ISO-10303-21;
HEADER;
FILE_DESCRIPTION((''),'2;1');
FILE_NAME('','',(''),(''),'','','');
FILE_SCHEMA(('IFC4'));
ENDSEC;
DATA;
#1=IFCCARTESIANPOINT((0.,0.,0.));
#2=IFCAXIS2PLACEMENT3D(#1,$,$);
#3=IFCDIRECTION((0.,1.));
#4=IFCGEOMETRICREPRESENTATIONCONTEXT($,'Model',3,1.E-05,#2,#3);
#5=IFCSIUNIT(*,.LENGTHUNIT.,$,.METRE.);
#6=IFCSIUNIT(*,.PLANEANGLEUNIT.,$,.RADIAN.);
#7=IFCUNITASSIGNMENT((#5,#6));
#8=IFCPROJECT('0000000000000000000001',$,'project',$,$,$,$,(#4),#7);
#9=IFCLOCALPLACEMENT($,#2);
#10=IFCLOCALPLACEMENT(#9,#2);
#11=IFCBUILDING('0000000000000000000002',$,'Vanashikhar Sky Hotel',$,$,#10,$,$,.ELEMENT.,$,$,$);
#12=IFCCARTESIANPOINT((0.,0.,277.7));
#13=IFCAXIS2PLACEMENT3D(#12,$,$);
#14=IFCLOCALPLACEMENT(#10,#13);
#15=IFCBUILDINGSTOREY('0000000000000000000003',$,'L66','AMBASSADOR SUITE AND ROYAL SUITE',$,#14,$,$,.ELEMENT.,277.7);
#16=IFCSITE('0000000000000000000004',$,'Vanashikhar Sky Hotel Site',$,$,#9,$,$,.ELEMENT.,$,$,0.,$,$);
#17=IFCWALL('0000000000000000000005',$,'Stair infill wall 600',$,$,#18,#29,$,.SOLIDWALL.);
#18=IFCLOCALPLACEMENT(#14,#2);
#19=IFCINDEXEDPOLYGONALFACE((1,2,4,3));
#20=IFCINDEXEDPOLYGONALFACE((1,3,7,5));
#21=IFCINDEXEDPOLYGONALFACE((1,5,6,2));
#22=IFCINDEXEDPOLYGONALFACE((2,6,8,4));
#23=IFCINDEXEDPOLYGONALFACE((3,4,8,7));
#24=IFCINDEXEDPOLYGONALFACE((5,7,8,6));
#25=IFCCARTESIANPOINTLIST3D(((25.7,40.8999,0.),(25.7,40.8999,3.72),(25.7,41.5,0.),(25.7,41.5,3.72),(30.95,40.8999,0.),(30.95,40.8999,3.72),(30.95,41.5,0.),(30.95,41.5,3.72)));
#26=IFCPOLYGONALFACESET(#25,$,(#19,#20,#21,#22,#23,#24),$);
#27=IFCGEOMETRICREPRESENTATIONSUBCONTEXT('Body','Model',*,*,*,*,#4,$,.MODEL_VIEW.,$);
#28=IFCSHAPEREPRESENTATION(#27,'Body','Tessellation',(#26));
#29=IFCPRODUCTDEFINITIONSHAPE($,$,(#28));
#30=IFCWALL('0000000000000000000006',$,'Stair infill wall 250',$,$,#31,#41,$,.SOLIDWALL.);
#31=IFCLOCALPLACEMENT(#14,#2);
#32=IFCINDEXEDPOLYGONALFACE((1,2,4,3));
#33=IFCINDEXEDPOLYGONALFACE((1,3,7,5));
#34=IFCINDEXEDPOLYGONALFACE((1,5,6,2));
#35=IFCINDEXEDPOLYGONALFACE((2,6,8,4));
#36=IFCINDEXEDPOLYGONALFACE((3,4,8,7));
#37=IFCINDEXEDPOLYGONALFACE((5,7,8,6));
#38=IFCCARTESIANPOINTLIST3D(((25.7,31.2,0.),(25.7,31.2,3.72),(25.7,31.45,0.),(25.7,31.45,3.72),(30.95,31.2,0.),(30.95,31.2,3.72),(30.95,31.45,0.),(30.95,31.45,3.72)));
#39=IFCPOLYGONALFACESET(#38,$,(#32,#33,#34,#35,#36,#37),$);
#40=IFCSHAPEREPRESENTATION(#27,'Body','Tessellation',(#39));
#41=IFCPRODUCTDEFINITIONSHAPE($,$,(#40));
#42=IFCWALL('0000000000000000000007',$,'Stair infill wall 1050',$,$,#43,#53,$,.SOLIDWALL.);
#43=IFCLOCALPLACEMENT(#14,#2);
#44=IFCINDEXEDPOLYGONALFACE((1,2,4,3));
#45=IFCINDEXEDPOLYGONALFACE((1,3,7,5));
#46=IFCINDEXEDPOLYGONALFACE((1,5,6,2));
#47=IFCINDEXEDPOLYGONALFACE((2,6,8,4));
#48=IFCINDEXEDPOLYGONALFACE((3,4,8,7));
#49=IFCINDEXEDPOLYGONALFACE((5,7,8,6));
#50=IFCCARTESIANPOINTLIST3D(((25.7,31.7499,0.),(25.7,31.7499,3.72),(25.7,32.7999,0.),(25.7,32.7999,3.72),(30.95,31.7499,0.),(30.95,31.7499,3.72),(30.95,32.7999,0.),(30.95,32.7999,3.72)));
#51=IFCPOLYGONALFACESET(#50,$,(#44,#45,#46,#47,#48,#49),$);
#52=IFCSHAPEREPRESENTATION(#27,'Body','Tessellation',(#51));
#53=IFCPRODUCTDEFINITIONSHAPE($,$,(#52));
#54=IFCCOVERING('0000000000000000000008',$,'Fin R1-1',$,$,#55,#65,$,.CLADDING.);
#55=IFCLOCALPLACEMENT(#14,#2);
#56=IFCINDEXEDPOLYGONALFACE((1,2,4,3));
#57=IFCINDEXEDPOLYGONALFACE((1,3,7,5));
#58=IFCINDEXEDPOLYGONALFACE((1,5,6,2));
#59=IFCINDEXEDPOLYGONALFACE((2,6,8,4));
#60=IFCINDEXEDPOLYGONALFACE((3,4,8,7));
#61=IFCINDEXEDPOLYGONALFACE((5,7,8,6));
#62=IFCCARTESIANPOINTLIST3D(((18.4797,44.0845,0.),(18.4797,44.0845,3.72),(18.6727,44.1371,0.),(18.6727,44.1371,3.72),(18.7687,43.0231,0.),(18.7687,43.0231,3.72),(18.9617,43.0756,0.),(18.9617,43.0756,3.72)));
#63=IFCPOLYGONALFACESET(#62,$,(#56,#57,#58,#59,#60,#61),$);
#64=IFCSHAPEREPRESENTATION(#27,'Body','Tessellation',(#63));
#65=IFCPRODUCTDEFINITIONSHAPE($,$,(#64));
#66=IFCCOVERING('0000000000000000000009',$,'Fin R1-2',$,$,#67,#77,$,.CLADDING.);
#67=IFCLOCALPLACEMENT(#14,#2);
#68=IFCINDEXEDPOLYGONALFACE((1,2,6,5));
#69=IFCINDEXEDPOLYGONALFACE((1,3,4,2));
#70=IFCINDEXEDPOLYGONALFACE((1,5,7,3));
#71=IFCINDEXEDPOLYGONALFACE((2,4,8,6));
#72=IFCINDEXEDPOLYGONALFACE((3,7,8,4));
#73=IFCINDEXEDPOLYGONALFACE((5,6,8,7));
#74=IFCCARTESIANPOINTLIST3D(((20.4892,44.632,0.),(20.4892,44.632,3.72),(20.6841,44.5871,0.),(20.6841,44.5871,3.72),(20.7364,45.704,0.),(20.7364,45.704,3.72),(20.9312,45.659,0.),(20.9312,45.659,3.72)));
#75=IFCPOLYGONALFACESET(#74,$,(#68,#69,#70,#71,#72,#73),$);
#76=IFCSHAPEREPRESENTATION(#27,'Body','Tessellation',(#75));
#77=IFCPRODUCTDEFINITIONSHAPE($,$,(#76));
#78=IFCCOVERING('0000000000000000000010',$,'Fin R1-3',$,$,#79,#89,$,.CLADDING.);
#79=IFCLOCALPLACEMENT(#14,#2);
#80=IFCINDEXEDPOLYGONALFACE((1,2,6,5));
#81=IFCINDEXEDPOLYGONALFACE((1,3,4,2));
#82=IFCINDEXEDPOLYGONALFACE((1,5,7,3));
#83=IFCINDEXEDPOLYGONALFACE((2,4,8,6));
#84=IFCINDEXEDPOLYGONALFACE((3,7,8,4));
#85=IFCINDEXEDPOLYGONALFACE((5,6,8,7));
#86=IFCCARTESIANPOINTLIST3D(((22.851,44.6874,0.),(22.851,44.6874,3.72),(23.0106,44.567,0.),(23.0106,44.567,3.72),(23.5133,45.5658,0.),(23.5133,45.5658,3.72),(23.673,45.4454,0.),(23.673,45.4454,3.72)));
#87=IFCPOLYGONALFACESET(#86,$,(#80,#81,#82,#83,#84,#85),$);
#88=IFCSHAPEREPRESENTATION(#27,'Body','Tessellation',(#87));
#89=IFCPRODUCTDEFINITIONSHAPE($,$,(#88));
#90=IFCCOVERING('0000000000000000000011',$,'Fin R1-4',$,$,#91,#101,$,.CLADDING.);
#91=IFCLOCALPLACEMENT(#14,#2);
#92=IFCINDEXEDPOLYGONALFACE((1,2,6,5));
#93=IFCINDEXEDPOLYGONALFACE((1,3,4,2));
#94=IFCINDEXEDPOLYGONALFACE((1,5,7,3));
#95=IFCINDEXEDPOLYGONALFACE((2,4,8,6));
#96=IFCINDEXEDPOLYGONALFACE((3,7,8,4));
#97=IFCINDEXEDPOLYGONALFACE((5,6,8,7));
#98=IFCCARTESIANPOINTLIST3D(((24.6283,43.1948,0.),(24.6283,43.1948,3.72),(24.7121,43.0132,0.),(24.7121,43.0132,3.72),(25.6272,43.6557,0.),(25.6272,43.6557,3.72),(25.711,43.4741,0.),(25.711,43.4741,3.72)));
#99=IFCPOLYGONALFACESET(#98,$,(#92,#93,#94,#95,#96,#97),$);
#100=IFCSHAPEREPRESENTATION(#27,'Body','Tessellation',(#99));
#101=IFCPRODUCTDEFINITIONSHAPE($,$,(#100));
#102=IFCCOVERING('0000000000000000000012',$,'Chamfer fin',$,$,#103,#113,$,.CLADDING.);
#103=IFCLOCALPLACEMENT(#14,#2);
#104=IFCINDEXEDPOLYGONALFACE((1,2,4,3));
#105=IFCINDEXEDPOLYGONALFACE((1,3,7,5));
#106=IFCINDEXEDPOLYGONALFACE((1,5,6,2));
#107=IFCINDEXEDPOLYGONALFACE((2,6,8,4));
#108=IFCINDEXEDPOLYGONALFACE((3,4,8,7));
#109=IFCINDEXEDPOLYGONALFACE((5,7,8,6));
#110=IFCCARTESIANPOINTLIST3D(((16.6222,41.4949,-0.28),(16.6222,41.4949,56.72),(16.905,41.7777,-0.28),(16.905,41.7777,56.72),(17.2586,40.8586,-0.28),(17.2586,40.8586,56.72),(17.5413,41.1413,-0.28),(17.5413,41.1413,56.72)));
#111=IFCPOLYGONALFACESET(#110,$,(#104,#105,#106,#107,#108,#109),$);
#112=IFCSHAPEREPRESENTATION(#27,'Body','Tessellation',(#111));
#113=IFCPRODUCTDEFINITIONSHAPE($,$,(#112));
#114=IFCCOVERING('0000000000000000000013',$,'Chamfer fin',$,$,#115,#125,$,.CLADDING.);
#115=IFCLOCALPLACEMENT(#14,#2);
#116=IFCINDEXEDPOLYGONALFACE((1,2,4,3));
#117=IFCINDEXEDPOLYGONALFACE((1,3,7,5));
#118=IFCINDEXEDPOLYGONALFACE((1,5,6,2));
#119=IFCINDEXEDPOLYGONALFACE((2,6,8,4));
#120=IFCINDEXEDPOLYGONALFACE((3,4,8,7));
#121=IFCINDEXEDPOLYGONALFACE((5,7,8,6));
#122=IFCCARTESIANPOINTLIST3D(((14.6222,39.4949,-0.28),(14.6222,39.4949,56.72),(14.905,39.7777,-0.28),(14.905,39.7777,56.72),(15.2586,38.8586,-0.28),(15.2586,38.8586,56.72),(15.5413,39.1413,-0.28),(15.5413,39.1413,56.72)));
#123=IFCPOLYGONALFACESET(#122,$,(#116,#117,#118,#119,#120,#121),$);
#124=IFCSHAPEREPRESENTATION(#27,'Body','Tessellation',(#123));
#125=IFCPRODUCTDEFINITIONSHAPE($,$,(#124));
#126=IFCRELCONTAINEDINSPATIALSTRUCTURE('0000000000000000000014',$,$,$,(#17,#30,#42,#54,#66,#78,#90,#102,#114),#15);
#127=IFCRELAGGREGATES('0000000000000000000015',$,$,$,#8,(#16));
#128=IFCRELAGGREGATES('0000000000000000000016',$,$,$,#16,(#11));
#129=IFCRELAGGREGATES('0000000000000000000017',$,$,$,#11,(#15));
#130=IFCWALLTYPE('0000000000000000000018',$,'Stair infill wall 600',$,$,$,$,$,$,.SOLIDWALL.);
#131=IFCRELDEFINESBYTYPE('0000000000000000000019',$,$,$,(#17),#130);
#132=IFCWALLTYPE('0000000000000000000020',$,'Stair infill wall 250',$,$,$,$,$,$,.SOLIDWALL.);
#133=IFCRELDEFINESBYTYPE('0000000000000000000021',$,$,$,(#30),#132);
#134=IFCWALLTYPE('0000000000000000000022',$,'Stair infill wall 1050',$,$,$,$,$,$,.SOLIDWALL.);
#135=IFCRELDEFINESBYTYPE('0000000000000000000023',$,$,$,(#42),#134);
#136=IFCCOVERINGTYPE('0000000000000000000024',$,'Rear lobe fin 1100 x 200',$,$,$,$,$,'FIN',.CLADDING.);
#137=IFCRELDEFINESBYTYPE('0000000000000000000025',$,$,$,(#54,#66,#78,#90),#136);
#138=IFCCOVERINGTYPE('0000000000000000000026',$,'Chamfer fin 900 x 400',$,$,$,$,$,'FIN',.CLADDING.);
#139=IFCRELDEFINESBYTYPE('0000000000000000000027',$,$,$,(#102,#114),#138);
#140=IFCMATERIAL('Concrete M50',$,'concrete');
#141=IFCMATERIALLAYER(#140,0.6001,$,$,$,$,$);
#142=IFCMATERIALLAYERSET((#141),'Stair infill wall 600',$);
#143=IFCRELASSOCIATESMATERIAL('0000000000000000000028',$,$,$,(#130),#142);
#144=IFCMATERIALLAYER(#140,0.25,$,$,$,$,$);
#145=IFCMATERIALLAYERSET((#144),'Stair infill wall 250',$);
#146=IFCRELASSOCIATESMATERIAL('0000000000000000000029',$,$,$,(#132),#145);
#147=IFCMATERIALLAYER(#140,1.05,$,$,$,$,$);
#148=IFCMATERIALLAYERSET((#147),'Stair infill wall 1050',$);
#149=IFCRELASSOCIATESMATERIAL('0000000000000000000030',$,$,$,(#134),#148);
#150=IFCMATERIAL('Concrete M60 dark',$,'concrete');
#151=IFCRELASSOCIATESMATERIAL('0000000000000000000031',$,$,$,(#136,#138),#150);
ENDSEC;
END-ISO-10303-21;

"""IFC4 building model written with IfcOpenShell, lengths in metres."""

from ifc_helpers import new_model, si_unit, direction, frame, frame_2d, origin, origin_2d, place, context, subcontext, project, spatial, rectangle, extrude, source, transform, mapped, material, layer, layer_set, material_profile, profile_set, type_object, element, save


model = new_model("IFC4")

# Units and contexts
model_context = context("Model", 3, precision=1e-05, world=origin(), true_north=direction((0.0, 1.0)))
body_context = subcontext(model_context, "Body", "Model", "MODEL_VIEW")
ifc_project = project(units=[si_unit("LENGTHUNIT", "METRE"), si_unit("PLANEANGLEUNIT", "RADIAN")], contexts=[model_context])

# Site, building, storey
site_placement = place(None, origin())
site = spatial("IfcSite", under=ifc_project, at=site_placement, Name="Vanashikhar Sky Hotel Site", CompositionType="ELEMENT", RefElevation=0.0)
building_placement = place(site_placement, origin())
building = spatial("IfcBuilding", under=site, at=building_placement, Name="Vanashikhar Sky Hotel", CompositionType="ELEMENT")
storey_placement = place(building_placement, frame((0.0, 0.0, 277.7)))
storey = spatial("IfcBuildingStorey", under=building, at=storey_placement, Name="L66", Description="AMBASSADOR SUITE AND ROYAL SUITE", CompositionType="ELEMENT", Elevation=277.7)

# Shared definitions
ifc_material_1 = material(Name="Concrete M50", Category="concrete")

# Walls
ifc_layer_1 = layer(ifc_material_1, 0.6001)
ifc_layer_set_1 = layer_set([ifc_layer_1], Name="Stair infill wall 600")
wall_type_1 = type_object("IfcWallType", Name="Stair infill wall 600", PredefinedType="SOLIDWALL", material=ifc_layer_set_1)
shared_shape_1 = source(origin(), body_context, "Body", "SweptSolid", [
    extrude(rectangle(XDim=5.25, YDim=0.6001, at=frame_2d((2.625, 0.0))), origin(), (0.0, 0.0, 1.0), 3.72),
])
wall_1_placement = place(storey_placement, frame((25.7, 41.2, 0.0), z_axis=(0.0, 0.0, 1.0), x_axis=(1.0, 0.0, 0.0)))
element("IfcWall", 1, at=wall_1_placement, inside=storey, type_object=wall_type_1, Name="Stair infill wall 600", PredefinedType="SOLIDWALL", context=body_context, shape_type="MappedRepresentation", body=[
    mapped(shared_shape_1, transform((0.0, 0.0, 0.0), scale=1.0)),
])
ifc_layer_2 = layer(ifc_material_1, 0.25)
ifc_layer_set_2 = layer_set([ifc_layer_2], Name="Stair infill wall 250")
wall_type_2 = type_object("IfcWallType", Name="Stair infill wall 250", PredefinedType="SOLIDWALL", material=ifc_layer_set_2)
shared_shape_2 = source(origin(), body_context, "Body", "SweptSolid", [
    extrude(rectangle(XDim=5.25, YDim=0.25, at=frame_2d((2.625, 0.0))), origin(), (0.0, 0.0, 1.0), 3.72),
])
wall_2_placement = place(storey_placement, frame((25.7, 31.325, 0.0), z_axis=(0.0, 0.0, 1.0), x_axis=(1.0, 0.0, 0.0)))
element("IfcWall", 2, at=wall_2_placement, inside=storey, type_object=wall_type_2, Name="Stair infill wall 250", PredefinedType="SOLIDWALL", context=body_context, shape_type="MappedRepresentation", body=[
    mapped(shared_shape_2, transform((0.0, 0.0, 0.0), scale=1.0)),
])
ifc_layer_3 = layer(ifc_material_1, 1.05)
ifc_layer_set_3 = layer_set([ifc_layer_3], Name="Stair infill wall 1050")
wall_type_3 = type_object("IfcWallType", Name="Stair infill wall 1050", PredefinedType="SOLIDWALL", material=ifc_layer_set_3)
shared_shape_3 = source(origin(), body_context, "Body", "SweptSolid", [
    extrude(rectangle(XDim=5.25, YDim=1.05, at=frame_2d((2.625, 0.0))), origin(), (0.0, 0.0, 1.0), 3.72),
])
wall_3_placement = place(storey_placement, frame((25.7, 32.2749, 0.0), z_axis=(0.0, 0.0, 1.0), x_axis=(1.0, 0.0, 0.0)))
element("IfcWall", 3, at=wall_3_placement, inside=storey, type_object=wall_type_3, Name="Stair infill wall 1050", PredefinedType="SOLIDWALL", context=body_context, shape_type="MappedRepresentation", body=[
    mapped(shared_shape_3, transform((0.0, 0.0, 0.0), scale=1.0)),
])

# Coverings
ifc_material_2 = material(Name="Concrete M60 dark", Category="concrete")
ifc_material_profile_1 = material_profile(ifc_material_2, rectangle(XDim=1.1001, YDim=0.2, at=origin_2d()))
ifc_profile_set_1 = profile_set([ifc_material_profile_1], Name="Rear lobe fin 1100 x 200")
covering_type_1 = type_object("IfcCoveringType", Name="Rear lobe fin 1100 x 200", ElementType="FIN", PredefinedType="CLADDING", material=ifc_profile_set_1)
shared_shape_4 = source(origin(), body_context, "Body", "SweptSolid", [
    extrude(rectangle(XDim=1.1001, YDim=0.2, at=origin_2d()), origin(), (0.0, 0.0, 1.0), 3.72),
])
for number, where, z_axis, x_axis, name in (
    (4, (18.7207, 43.5801, 0.0), (0.0, 0.0, 1.0), (-0.262711, 0.964874, 0.0), "Fin R1-1"),
    (5, (20.7102, 45.1455, 0.0), (0.0, 0.0, 1.0), (0.224645, 0.974441, 0.0), "Fin R1-2"),
    (6, (23.262, 45.0664, 0.0), (0.0, 0.0, 1.0), (0.602066, 0.798446, 0.0), "Fin R1-3"),
    (7, (25.1697, 43.3345, 0.0), (0.0, 0.0, 1.0), (0.908004, 0.418961, 0.0), "Fin R1-4"),
):
    element("IfcCovering", number, at=place(storey_placement, frame(where, z_axis=z_axis, x_axis=x_axis)), inside=storey, type_object=covering_type_1, Name=name, PredefinedType="CLADDING", context=body_context, shape_type="MappedRepresentation", body=[
        mapped(shared_shape_4, transform((0.0, 0.0, 0.0), scale=1.0)),
    ])
ifc_material_profile_2 = material_profile(ifc_material_2, rectangle(XDim=0.8999, YDim=0.3999, at=origin_2d()))
ifc_profile_set_2 = profile_set([ifc_material_profile_2], Name="Chamfer fin 900 x 400")
covering_type_2 = type_object("IfcCoveringType", Name="Chamfer fin 900 x 400", ElementType="FIN", PredefinedType="CLADDING", material=ifc_profile_set_2)
shared_shape_5 = source(origin(), body_context, "Body", "SweptSolid", [
    extrude(rectangle(XDim=0.8999, YDim=0.3999, at=origin_2d()), origin(), (0.0, 0.0, 1.0), 57.0),
])
for number, where, z_axis, x_axis, name in (
    (8, (17.0818, 41.3181, -0.28), (0.0, 0.0, 1.0), (-0.707107, 0.707107, 0.0), "Chamfer fin"),
    (9, (15.0818, 39.3181, -0.28), (0.0, 0.0, 1.0), (-0.707107, 0.707107, 0.0), "Chamfer fin"),
):
    element("IfcCovering", number, at=place(storey_placement, frame(where, z_axis=z_axis, x_axis=x_axis)), inside=storey, type_object=covering_type_2, Name=name, PredefinedType="CLADDING", context=body_context, shape_type="MappedRepresentation", body=[
        mapped(shared_shape_5, transform((0.0, 0.0, 0.0), scale=1.0)),
    ])

save(model, "model.ifc")
